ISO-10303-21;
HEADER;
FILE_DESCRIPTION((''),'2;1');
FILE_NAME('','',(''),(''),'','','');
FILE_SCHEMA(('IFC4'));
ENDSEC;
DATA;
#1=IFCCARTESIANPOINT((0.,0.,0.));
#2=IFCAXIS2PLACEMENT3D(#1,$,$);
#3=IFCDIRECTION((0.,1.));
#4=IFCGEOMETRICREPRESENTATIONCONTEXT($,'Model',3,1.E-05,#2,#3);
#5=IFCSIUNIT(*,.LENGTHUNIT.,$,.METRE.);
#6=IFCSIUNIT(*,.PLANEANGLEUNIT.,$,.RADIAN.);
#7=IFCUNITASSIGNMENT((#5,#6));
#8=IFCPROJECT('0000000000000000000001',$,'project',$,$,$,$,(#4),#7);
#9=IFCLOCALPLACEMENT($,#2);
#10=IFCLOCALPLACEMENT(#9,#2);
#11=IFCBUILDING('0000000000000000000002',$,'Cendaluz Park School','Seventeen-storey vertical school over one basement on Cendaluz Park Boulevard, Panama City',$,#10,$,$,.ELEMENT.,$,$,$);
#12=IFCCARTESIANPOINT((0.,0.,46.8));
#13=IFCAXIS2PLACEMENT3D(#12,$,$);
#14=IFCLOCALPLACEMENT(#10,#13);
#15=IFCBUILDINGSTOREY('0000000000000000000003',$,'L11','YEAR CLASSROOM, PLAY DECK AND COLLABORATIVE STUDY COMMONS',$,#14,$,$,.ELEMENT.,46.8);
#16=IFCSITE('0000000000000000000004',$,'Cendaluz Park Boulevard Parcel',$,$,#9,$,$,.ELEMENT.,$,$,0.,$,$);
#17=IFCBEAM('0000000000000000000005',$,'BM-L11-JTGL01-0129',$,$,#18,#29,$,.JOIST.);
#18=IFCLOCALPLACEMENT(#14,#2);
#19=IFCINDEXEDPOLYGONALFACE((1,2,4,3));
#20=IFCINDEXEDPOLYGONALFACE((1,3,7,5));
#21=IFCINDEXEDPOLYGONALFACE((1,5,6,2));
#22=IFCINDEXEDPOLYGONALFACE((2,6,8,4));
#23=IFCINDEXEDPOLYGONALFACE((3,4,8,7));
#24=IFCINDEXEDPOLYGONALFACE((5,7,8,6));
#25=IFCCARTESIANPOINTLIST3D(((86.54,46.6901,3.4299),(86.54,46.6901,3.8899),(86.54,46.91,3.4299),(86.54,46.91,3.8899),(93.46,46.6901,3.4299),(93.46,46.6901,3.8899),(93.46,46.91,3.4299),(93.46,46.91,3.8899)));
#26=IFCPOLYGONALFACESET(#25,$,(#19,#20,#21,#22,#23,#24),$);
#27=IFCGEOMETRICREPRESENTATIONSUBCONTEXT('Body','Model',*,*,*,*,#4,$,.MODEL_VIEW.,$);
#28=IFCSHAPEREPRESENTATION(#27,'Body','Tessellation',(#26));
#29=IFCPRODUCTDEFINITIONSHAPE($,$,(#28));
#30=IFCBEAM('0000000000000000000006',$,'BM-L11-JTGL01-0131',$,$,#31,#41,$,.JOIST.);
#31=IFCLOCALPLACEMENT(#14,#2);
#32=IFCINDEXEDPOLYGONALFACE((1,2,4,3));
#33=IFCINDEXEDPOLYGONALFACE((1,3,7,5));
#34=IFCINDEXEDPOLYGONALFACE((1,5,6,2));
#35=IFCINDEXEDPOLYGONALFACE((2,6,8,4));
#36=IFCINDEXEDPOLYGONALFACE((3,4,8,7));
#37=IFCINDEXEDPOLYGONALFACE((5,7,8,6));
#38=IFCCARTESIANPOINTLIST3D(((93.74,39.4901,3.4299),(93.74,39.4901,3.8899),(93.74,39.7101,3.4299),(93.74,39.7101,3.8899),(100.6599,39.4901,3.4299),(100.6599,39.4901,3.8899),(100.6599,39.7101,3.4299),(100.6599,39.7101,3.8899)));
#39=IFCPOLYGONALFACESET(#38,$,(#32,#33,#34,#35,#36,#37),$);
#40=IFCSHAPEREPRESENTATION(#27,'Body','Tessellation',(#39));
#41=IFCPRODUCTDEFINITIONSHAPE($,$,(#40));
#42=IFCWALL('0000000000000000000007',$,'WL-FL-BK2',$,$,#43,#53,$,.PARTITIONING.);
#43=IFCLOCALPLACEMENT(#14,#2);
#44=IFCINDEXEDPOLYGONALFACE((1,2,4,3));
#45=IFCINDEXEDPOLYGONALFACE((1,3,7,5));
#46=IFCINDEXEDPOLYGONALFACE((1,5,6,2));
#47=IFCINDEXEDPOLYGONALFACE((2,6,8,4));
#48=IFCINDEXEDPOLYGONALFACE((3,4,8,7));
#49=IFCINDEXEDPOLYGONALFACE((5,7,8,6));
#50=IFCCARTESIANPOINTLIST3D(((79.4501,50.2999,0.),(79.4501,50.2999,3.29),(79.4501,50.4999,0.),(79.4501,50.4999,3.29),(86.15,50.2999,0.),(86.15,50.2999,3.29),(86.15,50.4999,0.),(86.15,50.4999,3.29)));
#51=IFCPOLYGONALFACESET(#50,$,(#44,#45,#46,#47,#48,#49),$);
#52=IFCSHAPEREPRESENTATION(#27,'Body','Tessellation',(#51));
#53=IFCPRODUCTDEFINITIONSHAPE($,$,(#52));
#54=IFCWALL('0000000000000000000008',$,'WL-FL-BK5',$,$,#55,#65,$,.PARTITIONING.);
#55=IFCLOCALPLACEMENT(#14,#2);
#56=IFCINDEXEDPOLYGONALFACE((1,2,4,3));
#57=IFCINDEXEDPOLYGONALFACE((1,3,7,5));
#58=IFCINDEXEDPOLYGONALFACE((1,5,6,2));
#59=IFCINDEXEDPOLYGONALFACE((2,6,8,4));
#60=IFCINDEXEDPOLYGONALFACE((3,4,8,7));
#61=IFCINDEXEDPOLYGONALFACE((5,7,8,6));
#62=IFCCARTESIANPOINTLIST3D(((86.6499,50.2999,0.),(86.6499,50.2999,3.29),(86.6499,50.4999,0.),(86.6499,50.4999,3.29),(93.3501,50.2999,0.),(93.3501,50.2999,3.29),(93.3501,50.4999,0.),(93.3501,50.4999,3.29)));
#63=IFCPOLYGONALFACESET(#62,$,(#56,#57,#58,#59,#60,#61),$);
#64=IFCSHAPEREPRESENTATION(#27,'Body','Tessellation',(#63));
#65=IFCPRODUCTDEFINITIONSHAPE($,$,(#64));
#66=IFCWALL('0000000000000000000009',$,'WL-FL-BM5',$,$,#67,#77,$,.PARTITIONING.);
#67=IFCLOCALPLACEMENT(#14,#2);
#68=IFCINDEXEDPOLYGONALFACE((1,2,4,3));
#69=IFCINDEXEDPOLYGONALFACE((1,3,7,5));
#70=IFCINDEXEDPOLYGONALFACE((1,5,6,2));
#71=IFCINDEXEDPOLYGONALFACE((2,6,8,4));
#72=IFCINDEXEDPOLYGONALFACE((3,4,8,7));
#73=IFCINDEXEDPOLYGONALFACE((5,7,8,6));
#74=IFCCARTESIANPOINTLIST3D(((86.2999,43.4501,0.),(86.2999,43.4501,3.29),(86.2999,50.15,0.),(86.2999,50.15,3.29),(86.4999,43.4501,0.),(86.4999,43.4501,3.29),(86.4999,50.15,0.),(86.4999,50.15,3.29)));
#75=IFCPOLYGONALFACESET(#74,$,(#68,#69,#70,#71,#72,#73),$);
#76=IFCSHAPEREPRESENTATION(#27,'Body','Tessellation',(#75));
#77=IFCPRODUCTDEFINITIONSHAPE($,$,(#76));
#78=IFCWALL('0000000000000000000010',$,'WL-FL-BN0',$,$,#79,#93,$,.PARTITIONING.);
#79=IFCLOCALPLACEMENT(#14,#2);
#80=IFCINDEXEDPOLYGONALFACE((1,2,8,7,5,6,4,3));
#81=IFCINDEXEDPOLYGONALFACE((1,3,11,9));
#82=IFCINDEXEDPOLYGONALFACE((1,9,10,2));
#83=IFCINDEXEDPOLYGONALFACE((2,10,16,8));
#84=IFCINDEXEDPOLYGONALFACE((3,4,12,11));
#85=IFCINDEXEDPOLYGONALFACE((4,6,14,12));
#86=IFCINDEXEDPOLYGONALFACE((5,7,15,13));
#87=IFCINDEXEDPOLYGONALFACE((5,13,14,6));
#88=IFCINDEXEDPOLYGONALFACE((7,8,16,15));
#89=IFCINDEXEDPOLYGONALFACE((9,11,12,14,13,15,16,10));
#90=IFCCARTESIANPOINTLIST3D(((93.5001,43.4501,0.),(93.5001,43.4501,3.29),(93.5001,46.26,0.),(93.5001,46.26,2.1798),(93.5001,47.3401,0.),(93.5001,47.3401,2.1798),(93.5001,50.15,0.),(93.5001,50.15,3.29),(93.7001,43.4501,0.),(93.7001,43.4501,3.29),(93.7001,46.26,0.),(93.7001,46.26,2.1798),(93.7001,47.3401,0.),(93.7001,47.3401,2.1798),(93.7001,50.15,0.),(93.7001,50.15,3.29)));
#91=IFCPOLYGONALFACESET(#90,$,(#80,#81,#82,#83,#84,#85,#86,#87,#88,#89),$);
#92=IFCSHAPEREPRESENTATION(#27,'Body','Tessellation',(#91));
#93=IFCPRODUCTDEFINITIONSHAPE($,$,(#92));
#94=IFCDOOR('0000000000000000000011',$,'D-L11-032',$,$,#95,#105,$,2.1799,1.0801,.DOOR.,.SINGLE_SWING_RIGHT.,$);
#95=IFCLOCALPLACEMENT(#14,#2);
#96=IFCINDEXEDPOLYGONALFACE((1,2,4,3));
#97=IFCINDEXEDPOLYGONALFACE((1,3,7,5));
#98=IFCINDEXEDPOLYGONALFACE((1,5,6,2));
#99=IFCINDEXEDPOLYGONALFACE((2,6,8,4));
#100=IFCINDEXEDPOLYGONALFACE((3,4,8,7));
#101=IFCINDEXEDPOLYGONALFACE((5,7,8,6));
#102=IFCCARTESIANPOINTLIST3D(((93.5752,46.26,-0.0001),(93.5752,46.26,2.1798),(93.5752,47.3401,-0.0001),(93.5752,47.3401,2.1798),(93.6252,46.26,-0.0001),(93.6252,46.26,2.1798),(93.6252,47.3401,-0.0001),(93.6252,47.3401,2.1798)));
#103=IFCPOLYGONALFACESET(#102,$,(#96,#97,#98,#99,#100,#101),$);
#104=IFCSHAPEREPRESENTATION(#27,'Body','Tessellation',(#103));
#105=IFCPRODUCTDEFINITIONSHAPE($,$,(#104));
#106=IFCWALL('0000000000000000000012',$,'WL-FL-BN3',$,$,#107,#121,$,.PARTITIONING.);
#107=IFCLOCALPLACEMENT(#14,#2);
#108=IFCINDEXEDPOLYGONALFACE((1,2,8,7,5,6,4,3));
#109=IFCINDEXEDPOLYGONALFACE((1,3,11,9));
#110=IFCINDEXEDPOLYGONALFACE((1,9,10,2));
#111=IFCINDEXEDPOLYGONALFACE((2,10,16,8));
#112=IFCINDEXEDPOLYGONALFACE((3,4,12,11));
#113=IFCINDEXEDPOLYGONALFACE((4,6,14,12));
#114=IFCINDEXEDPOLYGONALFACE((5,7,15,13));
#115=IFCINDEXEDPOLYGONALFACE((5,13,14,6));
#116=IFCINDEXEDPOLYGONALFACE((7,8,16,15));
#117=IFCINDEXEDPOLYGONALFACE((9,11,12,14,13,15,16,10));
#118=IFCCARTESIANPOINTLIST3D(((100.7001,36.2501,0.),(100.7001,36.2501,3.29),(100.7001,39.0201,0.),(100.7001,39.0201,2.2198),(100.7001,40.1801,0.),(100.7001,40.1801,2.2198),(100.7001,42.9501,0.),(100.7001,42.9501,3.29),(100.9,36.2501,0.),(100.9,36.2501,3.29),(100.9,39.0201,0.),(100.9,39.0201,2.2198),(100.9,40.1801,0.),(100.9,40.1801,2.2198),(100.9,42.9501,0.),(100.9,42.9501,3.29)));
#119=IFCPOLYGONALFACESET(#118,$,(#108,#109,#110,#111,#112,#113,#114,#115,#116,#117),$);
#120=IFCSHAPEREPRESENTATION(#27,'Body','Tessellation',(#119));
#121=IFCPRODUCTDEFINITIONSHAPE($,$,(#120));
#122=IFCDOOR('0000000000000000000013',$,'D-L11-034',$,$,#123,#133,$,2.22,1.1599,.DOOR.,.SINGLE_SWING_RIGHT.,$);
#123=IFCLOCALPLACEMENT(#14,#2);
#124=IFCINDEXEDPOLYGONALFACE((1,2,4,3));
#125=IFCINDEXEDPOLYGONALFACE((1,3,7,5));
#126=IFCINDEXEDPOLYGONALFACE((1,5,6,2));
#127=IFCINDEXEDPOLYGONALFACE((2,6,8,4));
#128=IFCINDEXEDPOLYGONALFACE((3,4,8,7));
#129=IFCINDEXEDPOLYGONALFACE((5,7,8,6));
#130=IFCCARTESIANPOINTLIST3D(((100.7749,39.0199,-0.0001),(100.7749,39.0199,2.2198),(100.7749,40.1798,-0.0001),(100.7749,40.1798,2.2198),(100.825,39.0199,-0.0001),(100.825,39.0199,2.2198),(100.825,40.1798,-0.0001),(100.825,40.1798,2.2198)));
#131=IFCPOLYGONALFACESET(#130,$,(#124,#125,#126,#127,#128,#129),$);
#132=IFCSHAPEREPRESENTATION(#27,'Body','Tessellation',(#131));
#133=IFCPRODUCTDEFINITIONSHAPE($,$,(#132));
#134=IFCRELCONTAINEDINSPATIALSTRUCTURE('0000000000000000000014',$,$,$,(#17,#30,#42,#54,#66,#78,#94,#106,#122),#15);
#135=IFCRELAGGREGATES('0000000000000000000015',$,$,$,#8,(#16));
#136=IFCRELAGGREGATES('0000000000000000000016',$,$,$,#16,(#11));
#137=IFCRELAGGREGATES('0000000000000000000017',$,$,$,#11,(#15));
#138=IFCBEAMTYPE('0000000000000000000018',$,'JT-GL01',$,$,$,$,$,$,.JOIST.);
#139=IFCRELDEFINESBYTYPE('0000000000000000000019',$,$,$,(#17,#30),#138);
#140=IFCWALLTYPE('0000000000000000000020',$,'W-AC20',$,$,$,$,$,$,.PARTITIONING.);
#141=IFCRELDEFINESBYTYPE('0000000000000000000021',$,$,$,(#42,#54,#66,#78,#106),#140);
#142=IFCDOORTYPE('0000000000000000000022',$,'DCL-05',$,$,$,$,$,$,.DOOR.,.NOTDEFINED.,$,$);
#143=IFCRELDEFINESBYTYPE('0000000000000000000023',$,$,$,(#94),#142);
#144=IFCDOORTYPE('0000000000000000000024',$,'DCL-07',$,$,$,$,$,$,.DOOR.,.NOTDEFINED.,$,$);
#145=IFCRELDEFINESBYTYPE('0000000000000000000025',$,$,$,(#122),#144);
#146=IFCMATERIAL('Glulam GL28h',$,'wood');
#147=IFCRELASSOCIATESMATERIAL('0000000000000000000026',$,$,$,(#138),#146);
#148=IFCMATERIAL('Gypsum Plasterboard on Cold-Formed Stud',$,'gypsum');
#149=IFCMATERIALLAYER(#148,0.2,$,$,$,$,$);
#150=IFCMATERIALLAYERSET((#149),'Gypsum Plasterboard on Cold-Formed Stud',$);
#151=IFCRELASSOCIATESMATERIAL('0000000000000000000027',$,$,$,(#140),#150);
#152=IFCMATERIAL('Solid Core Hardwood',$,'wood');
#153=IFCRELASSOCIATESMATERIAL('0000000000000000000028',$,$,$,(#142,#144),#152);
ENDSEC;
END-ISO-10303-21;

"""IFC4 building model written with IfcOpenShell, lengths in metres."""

from ifc_helpers import new_model, si_unit, direction, frame, frame_2d, origin, origin_2d, place, context, subcontext, project, spatial, rectangle, extrude, material, layer, layer_set, material_profile, profile_set, type_object, element, fill, save


model = new_model("IFC4")

# Units and contexts
model_context = context("Model", 3, precision=1e-05, world=origin(), true_north=direction((0.0, 1.0)))
body_context = subcontext(model_context, "Body", "Model", "MODEL_VIEW")
ifc_project = project(units=[si_unit("LENGTHUNIT", "METRE"), si_unit("PLANEANGLEUNIT", "RADIAN")], contexts=[model_context])

# Site, building, storey
site_placement = place(None, origin())
site = spatial("IfcSite", under=ifc_project, at=site_placement, Name="Cendaluz Park Boulevard Parcel", CompositionType="ELEMENT", RefElevation=0.0)
building_placement = place(site_placement, origin())
building = spatial("IfcBuilding", under=site, at=building_placement, Name="Cendaluz Park School", Description="Seventeen-storey vertical school over one basement on Cendaluz Park Boulevard, Panama City", CompositionType="ELEMENT")
storey_placement = place(building_placement, frame((0.0, 0.0, 46.8)))
storey = spatial("IfcBuildingStorey", under=building, at=storey_placement, Name="L11", Description="YEAR CLASSROOM, PLAY DECK AND COLLABORATIVE STUDY COMMONS", CompositionType="ELEMENT", Elevation=46.8)

# Beams
ifc_material_1 = material(Name="Glulam GL28h", Category="wood")
ifc_material_profile_1 = material_profile(ifc_material_1, rectangle(XDim=0.22, YDim=0.46, at=origin_2d()), Name="GL28h 220x460", Category="wood")
ifc_profile_set_1 = profile_set([ifc_material_profile_1], Name="Glulam GL28h")
beam_type_1 = type_object("IfcBeamType", Name="JT-GL01", PredefinedType="JOIST", material=ifc_profile_set_1)
for number, where, z_axis, x_axis, name in (
    (1, (86.54, 46.8, 3.6599), (1.0, 0.0, 0.0), (0.0, 1.0, 0.0), "BM-L11-JTGL01-0129"),
    (2, (93.74, 39.6001, 3.6599), (1.0, 0.0, 0.0), (0.0, 1.0, 0.0), "BM-L11-JTGL01-0131"),
):
    element("IfcBeam", number, at=place(storey_placement, frame(where, z_axis=z_axis, x_axis=x_axis)), inside=storey, type_object=beam_type_1, Name=name, PredefinedType="JOIST", context=body_context, shape_type="SweptSolid", body=[
        extrude(rectangle(XDim=0.22, YDim=0.46, at=origin_2d()), origin(), (0.0, 0.0, 1.0), 6.9199),
    ])

# Walls
ifc_material_2 = material(Name="Gypsum Plasterboard on Cold-Formed Stud", Category="gypsum")
ifc_layer = layer(ifc_material_2, 0.2)
ifc_layer_set = layer_set([ifc_layer], Name="Gypsum Plasterboard on Cold-Formed Stud")
wall_type = type_object("IfcWallType", Name="W-AC20", PredefinedType="PARTITIONING", material=ifc_layer_set)
wall_1_placement = place(storey_placement, frame((79.45, 50.3999, 0.0), z_axis=(0.0, 0.0, 1.0), x_axis=(1.0, 0.0, 0.0)))
element("IfcWall", 3, at=wall_1_placement, inside=storey, type_object=wall_type, Name="WL-FL-BK2", PredefinedType="PARTITIONING", context=body_context, shape_type="SweptSolid", body=[
    extrude(rectangle(XDim=6.7, YDim=0.2, at=frame_2d((3.3501, 0.0))), origin(), (0.0, 0.0, 1.0), 3.29),
])
wall_2_placement = place(storey_placement, frame((86.6499, 50.3999, 0.0), z_axis=(0.0, 0.0, 1.0), x_axis=(1.0, 0.0, 0.0)))
element("IfcWall", 4, at=wall_2_placement, inside=storey, type_object=wall_type, Name="WL-FL-BK5", PredefinedType="PARTITIONING", context=body_context, shape_type="SweptSolid", body=[
    extrude(rectangle(XDim=6.7002, YDim=0.2, at=frame_2d((3.3501, 0.0))), origin(), (0.0, 0.0, 1.0), 3.29),
])
wall_3_placement = place(storey_placement, frame((86.3999, 43.45, 0.0), z_axis=(0.0, 0.0, 1.0), x_axis=(0.0, 1.0, 0.0)))
element("IfcWall", 5, at=wall_3_placement, inside=storey, type_object=wall_type, Name="WL-FL-BM5", PredefinedType="PARTITIONING", context=body_context, shape_type="SweptSolid", body=[
    extrude(rectangle(XDim=6.7, YDim=0.2, at=frame_2d((3.3501, 0.0))), origin(), (0.0, 0.0, 1.0), 3.29),
])

# Walls, openings, doors
wall_4_placement = place(storey_placement, frame((93.6001, 43.45, 0.0), z_axis=(0.0, 0.0, 1.0), x_axis=(0.0, 1.0, 0.0)))
wall_4 = element("IfcWall", 6, at=wall_4_placement, inside=storey, type_object=wall_type, Name="WL-FL-BN0", PredefinedType="PARTITIONING", context=body_context, shape_type="SweptSolid", body=[
    extrude(rectangle(XDim=6.7, YDim=0.2, at=frame_2d((3.3501, 0.0))), origin(), (0.0, 0.0, 1.0), 3.29),
])
opening_1_placement = place(wall_4_placement, frame((2.8101, 0.0, 0.0)))
opening_1 = element("IfcOpeningElement", 7, at=opening_1_placement, cuts=wall_4, PredefinedType="OPENING", context=body_context, shape_type="SweptSolid", body=[
    extrude(rectangle(XDim=1.0801, YDim=2.1799, at=frame_2d((0.54, 1.0898))), frame((0.0, 0.1121, 0.0), z_axis=(0.0, -1.0, 0.0), x_axis=(1.0, 0.0, 0.0)), (0.0, 0.0, 1.0), 0.2239),
])
ifc_material_3 = material(Name="Solid Core Hardwood", Category="wood")
door_type_1 = type_object("IfcDoorType", Name="DCL-05", OperationType="NOTDEFINED", PredefinedType="DOOR", material=ifc_material_3)
door_1_placement = place(opening_1_placement, origin())
door_1 = element("IfcDoor", 8, at=door_1_placement, inside=storey, type_object=door_type_1, Name="D-L11-032", OperationType="SINGLE_SWING_RIGHT", OverallHeight=2.1799, OverallWidth=1.0801, PredefinedType="DOOR", context=body_context, shape_type="SweptSolid", body=[
    extrude(rectangle(XDim=1.0801, YDim=2.1799, at=frame_2d((0.54, 1.0898))), frame((0.0, 0.0249, 0.0), z_axis=(0.0, -1.0, 0.0), x_axis=(1.0, 0.0, 0.0)), (0.0, 0.0, 1.0), 0.05),
])
fill(opening_1, door_1)
wall_5_placement = place(storey_placement, frame((100.8, 36.25, 0.0), z_axis=(0.0, 0.0, 1.0), x_axis=(0.0, 1.0, 0.0)))
wall_5 = element("IfcWall", 9, at=wall_5_placement, inside=storey, type_object=wall_type, Name="WL-FL-BN3", PredefinedType="PARTITIONING", context=body_context, shape_type="SweptSolid", body=[
    extrude(rectangle(XDim=6.7, YDim=0.2, at=frame_2d((3.3501, 0.0))), origin(), (0.0, 0.0, 1.0), 3.29),
])
opening_2_placement = place(wall_5_placement, frame((2.77, 0.0, 0.0)))
opening_2 = element("IfcOpeningElement", 10, at=opening_2_placement, cuts=wall_5, PredefinedType="OPENING", context=body_context, shape_type="SweptSolid", body=[
    extrude(rectangle(XDim=1.1599, YDim=2.22, at=frame_2d((0.5801, 1.1099))), frame((0.0, 0.1121, 0.0), z_axis=(0.0, -1.0, 0.0), x_axis=(1.0, 0.0, 0.0)), (0.0, 0.0, 1.0), 0.2239),
])
door_type_2 = type_object("IfcDoorType", Name="DCL-07", OperationType="NOTDEFINED", PredefinedType="DOOR", material=ifc_material_3)
door_2_placement = place(opening_2_placement, frame((1.1599, 0.0, 0.0), z_axis=(0.0, 0.0, 1.0), x_axis=(-1.0, 0.0, 0.0)))
door_2 = element("IfcDoor", 11, at=door_2_placement, inside=storey, type_object=door_type_2, Name="D-L11-034", OperationType="SINGLE_SWING_RIGHT", OverallHeight=2.22, OverallWidth=1.1599, PredefinedType="DOOR", context=body_context, shape_type="SweptSolid", body=[
    extrude(rectangle(XDim=1.1599, YDim=2.22, at=frame_2d((0.5801, 1.1099))), frame((0.0, 0.0249, 0.0), z_axis=(0.0, -1.0, 0.0), x_axis=(1.0, 0.0, 0.0)), (0.0, 0.0, 1.0), 0.05),
])
fill(opening_2, door_2)

save(model, "model.ifc")
